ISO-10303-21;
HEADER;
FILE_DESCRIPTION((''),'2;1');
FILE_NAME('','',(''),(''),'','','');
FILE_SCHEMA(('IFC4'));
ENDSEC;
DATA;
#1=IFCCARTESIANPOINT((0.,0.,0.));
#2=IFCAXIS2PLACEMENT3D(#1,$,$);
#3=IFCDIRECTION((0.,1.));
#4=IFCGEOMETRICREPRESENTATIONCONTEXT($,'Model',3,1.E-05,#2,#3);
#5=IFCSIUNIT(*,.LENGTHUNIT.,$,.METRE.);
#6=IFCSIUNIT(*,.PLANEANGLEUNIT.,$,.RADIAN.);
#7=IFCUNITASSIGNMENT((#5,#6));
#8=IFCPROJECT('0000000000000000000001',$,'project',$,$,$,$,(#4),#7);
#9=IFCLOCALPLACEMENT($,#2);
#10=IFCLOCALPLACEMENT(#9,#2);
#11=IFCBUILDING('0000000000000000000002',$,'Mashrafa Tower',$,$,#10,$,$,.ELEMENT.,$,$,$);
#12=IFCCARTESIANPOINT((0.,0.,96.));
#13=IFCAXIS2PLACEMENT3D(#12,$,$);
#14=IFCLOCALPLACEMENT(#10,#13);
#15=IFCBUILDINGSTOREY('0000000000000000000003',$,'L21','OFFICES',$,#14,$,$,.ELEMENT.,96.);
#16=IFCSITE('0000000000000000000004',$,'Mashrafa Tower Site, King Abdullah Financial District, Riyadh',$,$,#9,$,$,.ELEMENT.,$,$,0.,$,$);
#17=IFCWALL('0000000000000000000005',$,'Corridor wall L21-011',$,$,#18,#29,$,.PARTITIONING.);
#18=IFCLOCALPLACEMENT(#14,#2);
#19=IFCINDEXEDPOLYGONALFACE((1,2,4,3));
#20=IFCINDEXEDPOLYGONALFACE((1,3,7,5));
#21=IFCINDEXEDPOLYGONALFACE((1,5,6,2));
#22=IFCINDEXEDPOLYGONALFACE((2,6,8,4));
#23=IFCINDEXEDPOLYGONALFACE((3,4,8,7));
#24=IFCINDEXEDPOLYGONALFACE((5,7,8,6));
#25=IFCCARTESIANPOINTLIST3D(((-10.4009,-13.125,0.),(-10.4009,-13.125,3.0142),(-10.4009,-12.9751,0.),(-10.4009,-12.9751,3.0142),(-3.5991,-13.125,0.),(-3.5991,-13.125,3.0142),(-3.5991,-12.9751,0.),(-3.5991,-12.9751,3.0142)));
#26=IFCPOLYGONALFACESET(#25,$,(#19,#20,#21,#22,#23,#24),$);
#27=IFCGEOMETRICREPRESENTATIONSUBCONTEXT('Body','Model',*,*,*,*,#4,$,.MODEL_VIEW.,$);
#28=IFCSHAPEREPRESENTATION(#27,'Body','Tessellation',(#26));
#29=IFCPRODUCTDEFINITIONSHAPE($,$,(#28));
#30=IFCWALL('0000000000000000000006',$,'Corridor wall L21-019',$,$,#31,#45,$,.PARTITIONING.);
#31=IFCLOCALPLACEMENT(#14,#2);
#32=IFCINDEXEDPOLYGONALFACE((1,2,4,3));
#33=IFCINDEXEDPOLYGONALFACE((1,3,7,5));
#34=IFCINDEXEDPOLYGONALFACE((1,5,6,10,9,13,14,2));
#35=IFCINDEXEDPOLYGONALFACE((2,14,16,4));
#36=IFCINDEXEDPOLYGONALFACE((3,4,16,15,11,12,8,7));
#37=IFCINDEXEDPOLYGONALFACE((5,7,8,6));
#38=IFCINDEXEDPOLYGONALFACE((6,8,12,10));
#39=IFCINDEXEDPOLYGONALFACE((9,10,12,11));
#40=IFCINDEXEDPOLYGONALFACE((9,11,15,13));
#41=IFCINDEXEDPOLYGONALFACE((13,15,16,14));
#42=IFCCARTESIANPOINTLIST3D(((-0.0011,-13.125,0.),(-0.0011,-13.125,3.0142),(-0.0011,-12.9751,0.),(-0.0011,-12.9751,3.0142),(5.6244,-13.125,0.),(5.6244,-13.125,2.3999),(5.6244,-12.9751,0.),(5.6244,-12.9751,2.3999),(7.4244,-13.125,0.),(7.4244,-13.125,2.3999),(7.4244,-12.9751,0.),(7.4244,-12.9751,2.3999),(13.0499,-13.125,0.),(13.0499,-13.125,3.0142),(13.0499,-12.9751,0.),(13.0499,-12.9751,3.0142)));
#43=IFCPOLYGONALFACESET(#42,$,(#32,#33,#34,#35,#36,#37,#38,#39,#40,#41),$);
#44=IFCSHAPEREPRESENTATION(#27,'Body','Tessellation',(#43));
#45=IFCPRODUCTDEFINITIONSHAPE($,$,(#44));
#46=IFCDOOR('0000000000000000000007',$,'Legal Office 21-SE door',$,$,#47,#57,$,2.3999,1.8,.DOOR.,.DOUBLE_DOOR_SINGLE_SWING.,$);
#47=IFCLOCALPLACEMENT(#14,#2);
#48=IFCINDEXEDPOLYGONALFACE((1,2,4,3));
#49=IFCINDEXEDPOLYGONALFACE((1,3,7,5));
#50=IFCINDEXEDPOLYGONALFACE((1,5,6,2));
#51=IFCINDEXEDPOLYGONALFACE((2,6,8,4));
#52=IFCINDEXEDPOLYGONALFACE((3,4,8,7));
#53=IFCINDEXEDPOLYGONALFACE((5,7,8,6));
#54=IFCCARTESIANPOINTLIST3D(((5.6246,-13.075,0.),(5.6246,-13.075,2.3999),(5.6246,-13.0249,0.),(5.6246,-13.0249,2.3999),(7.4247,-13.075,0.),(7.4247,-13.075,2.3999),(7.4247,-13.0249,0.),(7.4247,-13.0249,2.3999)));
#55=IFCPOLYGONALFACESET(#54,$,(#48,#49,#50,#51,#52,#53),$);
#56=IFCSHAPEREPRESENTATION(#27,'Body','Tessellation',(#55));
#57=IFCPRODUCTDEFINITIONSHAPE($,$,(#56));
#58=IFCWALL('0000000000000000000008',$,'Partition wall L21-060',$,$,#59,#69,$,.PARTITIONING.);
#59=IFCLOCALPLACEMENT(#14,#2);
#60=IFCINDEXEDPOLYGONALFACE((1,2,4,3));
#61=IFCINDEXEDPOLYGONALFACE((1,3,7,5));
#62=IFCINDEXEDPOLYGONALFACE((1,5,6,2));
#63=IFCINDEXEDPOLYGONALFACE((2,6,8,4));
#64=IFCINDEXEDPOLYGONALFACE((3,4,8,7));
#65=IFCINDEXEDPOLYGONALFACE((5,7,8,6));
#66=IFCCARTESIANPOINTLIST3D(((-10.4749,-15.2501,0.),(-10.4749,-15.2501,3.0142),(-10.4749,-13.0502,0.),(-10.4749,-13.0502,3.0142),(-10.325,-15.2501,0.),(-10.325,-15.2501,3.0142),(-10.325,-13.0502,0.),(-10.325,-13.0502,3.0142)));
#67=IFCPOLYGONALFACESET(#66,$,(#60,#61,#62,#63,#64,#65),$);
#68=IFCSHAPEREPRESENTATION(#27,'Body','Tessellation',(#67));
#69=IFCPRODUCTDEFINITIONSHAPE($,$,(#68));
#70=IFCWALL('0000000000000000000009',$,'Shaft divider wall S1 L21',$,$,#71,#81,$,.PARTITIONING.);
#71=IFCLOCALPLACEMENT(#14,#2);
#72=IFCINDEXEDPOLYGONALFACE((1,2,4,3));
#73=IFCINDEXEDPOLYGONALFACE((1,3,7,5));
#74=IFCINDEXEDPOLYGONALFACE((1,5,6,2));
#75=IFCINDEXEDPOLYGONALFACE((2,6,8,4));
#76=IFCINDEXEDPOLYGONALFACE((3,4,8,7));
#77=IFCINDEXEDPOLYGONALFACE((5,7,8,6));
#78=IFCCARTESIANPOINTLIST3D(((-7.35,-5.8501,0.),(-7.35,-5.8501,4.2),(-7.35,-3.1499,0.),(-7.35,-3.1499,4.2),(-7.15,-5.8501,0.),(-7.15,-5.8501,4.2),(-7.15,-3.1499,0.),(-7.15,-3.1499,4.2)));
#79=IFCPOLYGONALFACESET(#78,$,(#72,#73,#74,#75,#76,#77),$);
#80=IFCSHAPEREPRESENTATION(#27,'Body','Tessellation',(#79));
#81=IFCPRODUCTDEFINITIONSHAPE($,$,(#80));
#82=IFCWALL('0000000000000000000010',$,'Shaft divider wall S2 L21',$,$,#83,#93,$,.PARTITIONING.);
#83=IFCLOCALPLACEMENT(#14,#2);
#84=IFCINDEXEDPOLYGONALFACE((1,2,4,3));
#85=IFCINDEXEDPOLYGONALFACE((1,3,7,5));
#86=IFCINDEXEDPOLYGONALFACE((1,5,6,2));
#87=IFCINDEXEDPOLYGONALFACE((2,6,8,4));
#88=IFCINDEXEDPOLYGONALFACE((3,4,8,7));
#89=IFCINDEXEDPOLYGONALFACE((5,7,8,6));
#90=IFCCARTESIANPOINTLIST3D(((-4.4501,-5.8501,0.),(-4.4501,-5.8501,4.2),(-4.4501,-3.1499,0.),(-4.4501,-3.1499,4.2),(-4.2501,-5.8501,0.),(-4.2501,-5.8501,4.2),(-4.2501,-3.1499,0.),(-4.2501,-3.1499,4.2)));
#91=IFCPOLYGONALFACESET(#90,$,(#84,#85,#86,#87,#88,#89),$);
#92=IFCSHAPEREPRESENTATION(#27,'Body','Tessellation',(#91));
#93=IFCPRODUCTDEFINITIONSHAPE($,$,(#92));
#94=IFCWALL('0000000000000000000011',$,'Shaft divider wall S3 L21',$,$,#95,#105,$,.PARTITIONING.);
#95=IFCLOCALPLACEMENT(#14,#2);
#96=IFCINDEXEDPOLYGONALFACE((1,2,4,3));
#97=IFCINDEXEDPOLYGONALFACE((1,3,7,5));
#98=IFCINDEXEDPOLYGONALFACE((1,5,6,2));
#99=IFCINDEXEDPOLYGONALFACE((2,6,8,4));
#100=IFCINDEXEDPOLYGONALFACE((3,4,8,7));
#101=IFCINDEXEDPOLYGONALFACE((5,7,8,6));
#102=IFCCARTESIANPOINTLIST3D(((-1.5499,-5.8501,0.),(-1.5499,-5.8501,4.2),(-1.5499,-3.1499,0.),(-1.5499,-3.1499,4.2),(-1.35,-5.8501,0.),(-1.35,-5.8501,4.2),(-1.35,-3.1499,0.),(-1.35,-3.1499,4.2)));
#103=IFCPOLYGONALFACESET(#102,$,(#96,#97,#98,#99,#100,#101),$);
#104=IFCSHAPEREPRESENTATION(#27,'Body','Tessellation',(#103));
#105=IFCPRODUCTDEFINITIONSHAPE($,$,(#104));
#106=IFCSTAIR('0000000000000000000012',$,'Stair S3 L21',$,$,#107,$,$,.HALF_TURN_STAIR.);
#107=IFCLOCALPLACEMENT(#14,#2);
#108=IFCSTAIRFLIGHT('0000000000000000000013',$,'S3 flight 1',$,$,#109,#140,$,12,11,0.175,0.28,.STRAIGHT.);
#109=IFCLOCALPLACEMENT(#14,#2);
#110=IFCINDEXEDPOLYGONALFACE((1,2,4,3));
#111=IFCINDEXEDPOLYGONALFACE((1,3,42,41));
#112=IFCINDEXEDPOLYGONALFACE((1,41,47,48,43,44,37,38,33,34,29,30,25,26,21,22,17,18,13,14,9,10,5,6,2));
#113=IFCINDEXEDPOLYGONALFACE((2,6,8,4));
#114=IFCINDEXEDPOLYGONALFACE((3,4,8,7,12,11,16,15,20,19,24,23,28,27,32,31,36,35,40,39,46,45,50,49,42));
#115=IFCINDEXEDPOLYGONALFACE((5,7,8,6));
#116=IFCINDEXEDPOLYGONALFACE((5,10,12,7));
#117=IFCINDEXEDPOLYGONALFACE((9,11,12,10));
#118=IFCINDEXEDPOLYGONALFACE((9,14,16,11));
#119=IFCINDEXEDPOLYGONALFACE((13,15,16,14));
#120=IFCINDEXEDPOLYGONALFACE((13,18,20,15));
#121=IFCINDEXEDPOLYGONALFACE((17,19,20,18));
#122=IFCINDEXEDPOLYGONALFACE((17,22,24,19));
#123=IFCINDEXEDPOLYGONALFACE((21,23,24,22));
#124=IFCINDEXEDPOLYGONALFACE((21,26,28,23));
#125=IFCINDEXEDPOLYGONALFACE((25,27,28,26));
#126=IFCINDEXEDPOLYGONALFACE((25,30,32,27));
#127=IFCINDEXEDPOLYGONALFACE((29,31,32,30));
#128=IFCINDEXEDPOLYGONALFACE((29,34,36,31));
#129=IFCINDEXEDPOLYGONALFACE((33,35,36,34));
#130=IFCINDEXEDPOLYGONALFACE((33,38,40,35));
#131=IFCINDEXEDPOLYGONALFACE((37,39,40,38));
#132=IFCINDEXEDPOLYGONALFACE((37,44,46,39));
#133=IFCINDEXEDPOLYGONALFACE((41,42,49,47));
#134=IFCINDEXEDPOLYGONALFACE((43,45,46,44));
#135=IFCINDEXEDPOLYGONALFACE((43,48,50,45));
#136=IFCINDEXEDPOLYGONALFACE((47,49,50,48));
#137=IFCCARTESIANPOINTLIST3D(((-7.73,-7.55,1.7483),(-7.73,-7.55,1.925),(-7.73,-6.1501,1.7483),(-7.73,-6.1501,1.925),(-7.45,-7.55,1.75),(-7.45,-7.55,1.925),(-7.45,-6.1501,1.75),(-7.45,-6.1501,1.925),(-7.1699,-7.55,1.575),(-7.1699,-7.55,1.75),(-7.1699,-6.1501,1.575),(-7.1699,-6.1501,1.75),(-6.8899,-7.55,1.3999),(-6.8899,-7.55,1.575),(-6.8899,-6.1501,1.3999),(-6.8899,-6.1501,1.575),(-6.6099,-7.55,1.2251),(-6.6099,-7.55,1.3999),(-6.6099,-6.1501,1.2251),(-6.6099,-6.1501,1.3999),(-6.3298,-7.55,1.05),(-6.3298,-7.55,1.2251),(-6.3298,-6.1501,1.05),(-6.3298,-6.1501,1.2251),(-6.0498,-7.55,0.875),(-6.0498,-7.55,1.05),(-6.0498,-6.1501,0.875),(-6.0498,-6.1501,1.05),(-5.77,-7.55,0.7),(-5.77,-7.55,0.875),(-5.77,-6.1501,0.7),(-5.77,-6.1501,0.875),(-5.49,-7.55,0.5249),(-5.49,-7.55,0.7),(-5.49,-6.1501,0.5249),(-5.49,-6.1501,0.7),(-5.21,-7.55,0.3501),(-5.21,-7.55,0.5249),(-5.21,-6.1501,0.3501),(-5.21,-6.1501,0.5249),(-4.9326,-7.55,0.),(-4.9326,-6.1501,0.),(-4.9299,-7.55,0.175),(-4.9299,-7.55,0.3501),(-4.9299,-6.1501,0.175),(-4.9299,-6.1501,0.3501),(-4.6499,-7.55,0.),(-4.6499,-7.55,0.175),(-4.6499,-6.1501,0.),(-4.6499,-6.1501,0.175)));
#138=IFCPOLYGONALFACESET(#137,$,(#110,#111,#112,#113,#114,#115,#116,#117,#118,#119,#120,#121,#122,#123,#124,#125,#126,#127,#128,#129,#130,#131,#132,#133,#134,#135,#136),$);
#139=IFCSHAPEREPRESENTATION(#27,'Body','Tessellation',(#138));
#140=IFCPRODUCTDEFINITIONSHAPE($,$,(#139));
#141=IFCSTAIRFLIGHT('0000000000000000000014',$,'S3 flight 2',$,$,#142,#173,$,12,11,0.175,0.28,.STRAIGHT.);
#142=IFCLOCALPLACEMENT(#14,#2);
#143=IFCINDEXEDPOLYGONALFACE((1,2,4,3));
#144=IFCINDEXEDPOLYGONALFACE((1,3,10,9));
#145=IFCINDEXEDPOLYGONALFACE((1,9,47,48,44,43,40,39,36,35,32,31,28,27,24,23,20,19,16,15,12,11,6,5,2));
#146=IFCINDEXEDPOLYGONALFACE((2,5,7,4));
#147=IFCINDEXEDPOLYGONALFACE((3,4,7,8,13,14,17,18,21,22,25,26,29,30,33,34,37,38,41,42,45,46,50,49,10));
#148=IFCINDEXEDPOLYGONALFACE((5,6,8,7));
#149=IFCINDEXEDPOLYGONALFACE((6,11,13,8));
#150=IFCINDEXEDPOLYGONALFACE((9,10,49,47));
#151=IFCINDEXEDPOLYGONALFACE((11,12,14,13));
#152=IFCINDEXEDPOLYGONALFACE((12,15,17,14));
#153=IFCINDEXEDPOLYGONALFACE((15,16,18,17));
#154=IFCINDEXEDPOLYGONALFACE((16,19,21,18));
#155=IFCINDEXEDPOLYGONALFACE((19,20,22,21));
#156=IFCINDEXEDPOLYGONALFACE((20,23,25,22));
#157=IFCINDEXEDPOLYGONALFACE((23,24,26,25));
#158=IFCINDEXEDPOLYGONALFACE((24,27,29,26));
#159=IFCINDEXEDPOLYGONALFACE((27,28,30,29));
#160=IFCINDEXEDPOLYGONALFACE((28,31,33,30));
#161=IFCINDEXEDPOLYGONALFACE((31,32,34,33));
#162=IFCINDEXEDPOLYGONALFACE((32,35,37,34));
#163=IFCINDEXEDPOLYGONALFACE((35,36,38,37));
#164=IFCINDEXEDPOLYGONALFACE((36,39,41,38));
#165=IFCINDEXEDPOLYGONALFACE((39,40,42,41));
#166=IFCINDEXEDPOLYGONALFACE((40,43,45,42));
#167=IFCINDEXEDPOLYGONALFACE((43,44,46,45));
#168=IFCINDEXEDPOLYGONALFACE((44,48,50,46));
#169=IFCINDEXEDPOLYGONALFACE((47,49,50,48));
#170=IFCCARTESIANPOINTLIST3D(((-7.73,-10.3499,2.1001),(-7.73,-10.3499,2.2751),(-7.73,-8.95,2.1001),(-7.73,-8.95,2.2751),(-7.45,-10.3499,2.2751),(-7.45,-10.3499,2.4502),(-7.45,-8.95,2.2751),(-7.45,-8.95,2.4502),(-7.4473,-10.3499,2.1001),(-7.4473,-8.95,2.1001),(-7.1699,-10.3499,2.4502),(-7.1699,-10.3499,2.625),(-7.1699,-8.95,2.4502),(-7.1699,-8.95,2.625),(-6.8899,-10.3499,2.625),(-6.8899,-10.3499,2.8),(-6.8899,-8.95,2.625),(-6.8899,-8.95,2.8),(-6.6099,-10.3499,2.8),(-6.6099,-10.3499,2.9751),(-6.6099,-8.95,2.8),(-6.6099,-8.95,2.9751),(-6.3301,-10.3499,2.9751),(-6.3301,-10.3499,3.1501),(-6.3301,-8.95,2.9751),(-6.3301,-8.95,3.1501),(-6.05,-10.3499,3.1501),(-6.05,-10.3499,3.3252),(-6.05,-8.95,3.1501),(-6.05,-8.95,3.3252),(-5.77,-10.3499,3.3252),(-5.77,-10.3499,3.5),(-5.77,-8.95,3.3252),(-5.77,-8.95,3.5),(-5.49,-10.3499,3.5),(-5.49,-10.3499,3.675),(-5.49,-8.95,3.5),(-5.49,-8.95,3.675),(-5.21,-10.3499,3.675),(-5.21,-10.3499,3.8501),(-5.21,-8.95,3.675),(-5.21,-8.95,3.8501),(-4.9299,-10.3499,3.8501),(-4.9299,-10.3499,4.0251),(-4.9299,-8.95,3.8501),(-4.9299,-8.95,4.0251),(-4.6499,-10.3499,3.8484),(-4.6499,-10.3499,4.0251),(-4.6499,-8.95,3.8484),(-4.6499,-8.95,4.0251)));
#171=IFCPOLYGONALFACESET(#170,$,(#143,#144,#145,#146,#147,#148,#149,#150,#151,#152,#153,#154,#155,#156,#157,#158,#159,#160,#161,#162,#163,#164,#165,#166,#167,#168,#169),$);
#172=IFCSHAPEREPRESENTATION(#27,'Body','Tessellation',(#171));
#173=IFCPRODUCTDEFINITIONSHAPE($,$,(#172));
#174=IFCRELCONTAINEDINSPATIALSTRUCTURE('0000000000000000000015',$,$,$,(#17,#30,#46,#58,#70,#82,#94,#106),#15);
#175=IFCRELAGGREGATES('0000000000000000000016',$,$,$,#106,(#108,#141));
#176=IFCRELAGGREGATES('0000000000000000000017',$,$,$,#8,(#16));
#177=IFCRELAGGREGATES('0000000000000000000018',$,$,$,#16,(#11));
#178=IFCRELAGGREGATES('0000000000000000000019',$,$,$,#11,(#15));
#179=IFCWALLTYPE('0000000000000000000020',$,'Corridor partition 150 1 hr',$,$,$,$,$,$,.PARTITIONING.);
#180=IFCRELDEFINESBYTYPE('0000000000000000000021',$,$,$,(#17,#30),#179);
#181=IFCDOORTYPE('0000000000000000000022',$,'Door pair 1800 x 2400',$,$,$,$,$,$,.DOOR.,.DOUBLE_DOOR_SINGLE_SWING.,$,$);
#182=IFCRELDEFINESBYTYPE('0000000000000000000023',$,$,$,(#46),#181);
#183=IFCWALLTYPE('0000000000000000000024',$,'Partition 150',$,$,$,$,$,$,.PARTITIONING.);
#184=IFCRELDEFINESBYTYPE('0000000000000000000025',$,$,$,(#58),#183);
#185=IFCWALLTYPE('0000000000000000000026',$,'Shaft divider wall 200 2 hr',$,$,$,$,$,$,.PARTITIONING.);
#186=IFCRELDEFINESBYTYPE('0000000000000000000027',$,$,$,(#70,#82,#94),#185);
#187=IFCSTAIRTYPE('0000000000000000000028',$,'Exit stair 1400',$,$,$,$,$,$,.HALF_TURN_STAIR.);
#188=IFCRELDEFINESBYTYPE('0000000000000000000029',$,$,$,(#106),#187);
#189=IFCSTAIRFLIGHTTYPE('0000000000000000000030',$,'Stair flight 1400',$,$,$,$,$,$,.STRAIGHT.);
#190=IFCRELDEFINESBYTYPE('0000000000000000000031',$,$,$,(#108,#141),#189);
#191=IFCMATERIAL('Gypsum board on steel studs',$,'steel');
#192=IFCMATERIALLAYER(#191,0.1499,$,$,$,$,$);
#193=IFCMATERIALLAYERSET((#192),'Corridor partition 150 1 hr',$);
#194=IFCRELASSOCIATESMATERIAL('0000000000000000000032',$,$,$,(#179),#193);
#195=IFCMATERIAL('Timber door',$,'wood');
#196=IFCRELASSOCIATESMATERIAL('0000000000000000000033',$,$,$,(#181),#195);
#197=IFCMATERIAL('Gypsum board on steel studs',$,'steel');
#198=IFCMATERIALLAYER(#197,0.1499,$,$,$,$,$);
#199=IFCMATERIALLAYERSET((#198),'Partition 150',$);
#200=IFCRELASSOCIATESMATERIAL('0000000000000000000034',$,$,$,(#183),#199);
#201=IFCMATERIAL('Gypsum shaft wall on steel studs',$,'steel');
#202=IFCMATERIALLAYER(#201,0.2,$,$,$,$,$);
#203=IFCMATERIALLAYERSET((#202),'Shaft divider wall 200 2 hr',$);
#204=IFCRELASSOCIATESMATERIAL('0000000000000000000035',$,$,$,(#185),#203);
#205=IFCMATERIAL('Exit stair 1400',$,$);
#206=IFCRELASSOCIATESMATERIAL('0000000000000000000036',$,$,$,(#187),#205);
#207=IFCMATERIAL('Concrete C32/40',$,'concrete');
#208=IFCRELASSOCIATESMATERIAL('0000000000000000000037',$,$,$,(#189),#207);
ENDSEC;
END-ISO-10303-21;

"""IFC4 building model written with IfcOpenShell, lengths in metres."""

from ifc_helpers import new_model, si_unit, direction, frame, frame_2d, origin, place, context, subcontext, project, spatial, polyline, rectangle, outline, extrude, material, layer, layer_set, type_object, element, fill, aggregate, save


model = new_model("IFC4")

# Units and contexts
model_context = context("Model", 3, precision=1e-05, world=origin(), true_north=direction((0.0, 1.0)))
body_context = subcontext(model_context, "Body", "Model", "MODEL_VIEW")
ifc_project = project(units=[si_unit("LENGTHUNIT", "METRE"), si_unit("PLANEANGLEUNIT", "RADIAN")], contexts=[model_context])

# Site, building, storey
site_placement = place(None, origin())
site = spatial("IfcSite", under=ifc_project, at=site_placement, Name="Mashrafa Tower Site, King Abdullah Financial District, Riyadh", CompositionType="ELEMENT", RefElevation=0.0)
building_placement = place(site_placement, origin())
building = spatial("IfcBuilding", under=site, at=building_placement, Name="Mashrafa Tower", CompositionType="ELEMENT")
storey_placement = place(building_placement, frame((0.0, 0.0, 96.0)))
storey = spatial("IfcBuildingStorey", under=building, at=storey_placement, Name="L21", Description="OFFICES", CompositionType="ELEMENT", Elevation=96.0)

# Wall
ifc_material_1 = material(Name="Gypsum board on steel studs", Category="steel")
ifc_layer_1 = layer(ifc_material_1, 0.1499)
ifc_layer_set_1 = layer_set([ifc_layer_1], Name="Corridor partition 150 1 hr")
wall_type_1 = type_object("IfcWallType", Name="Corridor partition 150 1 hr", PredefinedType="PARTITIONING", material=ifc_layer_set_1)
wall_1_placement = place(storey_placement, frame((-10.4009, -13.05, 0.0), z_axis=(0.0, 0.0, 1.0), x_axis=(1.0, 0.0, 0.0)))
element("IfcWall", 1, at=wall_1_placement, inside=storey, type_object=wall_type_1, Name="Corridor wall L21-011", PredefinedType="PARTITIONING", context=body_context, shape_type="SweptSolid", body=[
    extrude(rectangle(XDim=6.8018, YDim=0.1499, at=frame_2d((3.4009, 0.0))), origin(), (0.0, 0.0, 1.0), 3.0142),
])

# Wall, opening, door
ifc_material_2 = material(Name="Timber door", Category="wood")
door_type_1 = type_object("IfcDoorType", Name="Door pair 1800 x 2400", OperationType="DOUBLE_DOOR_SINGLE_SWING", PredefinedType="DOOR", material=ifc_material_2)
wall_2_placement = place(storey_placement, frame((-0.001, -13.05, 0.0), z_axis=(0.0, 0.0, 1.0), x_axis=(1.0, 0.0, 0.0)))
wall_2 = element("IfcWall", 2, at=wall_2_placement, inside=storey, type_object=wall_type_1, Name="Corridor wall L21-019", PredefinedType="PARTITIONING", context=body_context, shape_type="SweptSolid", body=[
    extrude(rectangle(XDim=13.051, YDim=0.1499, at=frame_2d((6.5254, 0.0))), origin(), (0.0, 0.0, 1.0), 3.0142),
])
opening_1_placement = place(wall_2_placement, frame((5.6255, 0.0, 0.0)))
opening_1 = element("IfcOpeningElement", 3, at=opening_1_placement, cuts=wall_2, PredefinedType="OPENING", context=body_context, shape_type="SweptSolid", body=[
    extrude(rectangle(XDim=1.8, YDim=2.3999, at=frame_2d((0.8999, 1.2))), frame((0.0, 0.085, 0.0), z_axis=(0.0, -1.0, 0.0), x_axis=(1.0, 0.0, 0.0)), (0.0, 0.0, 1.0), 0.1699),
])
door_1_placement = place(opening_1_placement, frame((1.8, 0.0, 0.0), z_axis=(0.0, 0.0, 1.0), x_axis=(-1.0, 0.0, 0.0)))
door_1 = element("IfcDoor", 4, at=door_1_placement, inside=storey, type_object=door_type_1, Name="Legal Office 21-SE door", OperationType="DOUBLE_DOOR_SINGLE_SWING", OverallHeight=2.3999, OverallWidth=1.8, PredefinedType="DOOR", context=body_context, shape_type="SweptSolid", body=[
    extrude(rectangle(XDim=1.8, YDim=2.3999, at=frame_2d((0.8999, 1.2))), frame((0.0, 0.0249, 0.0), z_axis=(0.0, -1.0, 0.0), x_axis=(1.0, 0.0, 0.0)), (0.0, 0.0, 1.0), 0.05),
])
fill(opening_1, door_1)

# Walls
ifc_material_3 = material(Name="Gypsum board on steel studs", Category="steel")
ifc_layer_2 = layer(ifc_material_3, 0.1499)
ifc_layer_set_2 = layer_set([ifc_layer_2], Name="Partition 150")
wall_type_2 = type_object("IfcWallType", Name="Partition 150", PredefinedType="PARTITIONING", material=ifc_layer_set_2)
wall_3_placement = place(storey_placement, frame((-10.3999, -13.05, 0.0), z_axis=(0.0, 0.0, 1.0), x_axis=(0.0, -1.0, 0.0)))
element("IfcWall", 5, at=wall_3_placement, inside=storey, type_object=wall_type_2, Name="Partition wall L21-060", PredefinedType="PARTITIONING", context=body_context, shape_type="SweptSolid", body=[
    extrude(rectangle(XDim=2.2, YDim=0.1499, at=frame_2d((1.1001, 0.0))), origin(), (0.0, 0.0, 1.0), 3.0142),
])
ifc_material_4 = material(Name="Gypsum shaft wall on steel studs", Category="steel")
ifc_layer_3 = layer(ifc_material_4, 0.2)
ifc_layer_set_3 = layer_set([ifc_layer_3], Name="Shaft divider wall 200 2 hr")
wall_type_3 = type_object("IfcWallType", Name="Shaft divider wall 200 2 hr", PredefinedType="PARTITIONING", material=ifc_layer_set_3)
for number, where, z_axis, x_axis, name in (
    (6, (-7.25, -5.8501, 0.0), (0.0, 0.0, 1.0), (0.0, 1.0, 0.0), "Shaft divider wall S1 L21"),
    (7, (-4.3501, -5.8501, 0.0), (0.0, 0.0, 1.0), (0.0, 1.0, 0.0), "Shaft divider wall S2 L21"),
    (8, (-1.45, -5.8501, 0.0), (0.0, 0.0, 1.0), (0.0, 1.0, 0.0), "Shaft divider wall S3 L21"),
):
    element("IfcWall", number, at=place(storey_placement, frame(where, z_axis=z_axis, x_axis=x_axis)), inside=storey, type_object=wall_type_3, Name=name, PredefinedType="PARTITIONING", context=body_context, shape_type="SweptSolid", body=[
        extrude(rectangle(XDim=2.7002, YDim=0.2, at=frame_2d((1.3501, 0.0))), origin(), (0.0, 0.0, 1.0), 4.2),
    ])

# Stair, stair flights
ifc_material_5 = material(Name="Exit stair 1400")
stair_type = type_object("IfcStairType", Name="Exit stair 1400", PredefinedType="HALF_TURN_STAIR", material=ifc_material_5)
stair_placement = place(storey_placement, origin())
stair = element("IfcStair", 9, at=stair_placement, inside=storey, type_object=stair_type, Name="Stair S3 L21", PredefinedType="HALF_TURN_STAIR")
ifc_material_6 = material(Name="Concrete C32/40", Category="concrete")
stair_flight_type = type_object("IfcStairFlightType", Name="Stair flight 1400", PredefinedType="STRAIGHT", material=ifc_material_6)
stair_flight_1_placement = place(storey_placement, frame((-4.6499, -6.8501, 0.0), z_axis=(0.0, 0.0, 1.0), x_axis=(-1.0, 0.0, 0.0)))
stair_flight_1 = element("IfcStairFlight", 10, at=stair_flight_1_placement, type_object=stair_flight_type, Name="S3 flight 1", NumberOfRisers=12, NumberOfTreads=11, PredefinedType="STRAIGHT", RiserHeight=0.175, TreadLength=0.28, context=body_context, shape_type="SweptSolid", body=[
    extrude(outline(polyline([(0.0, 0.0), (0.0, 0.175), (0.28, 0.175), (0.28, 0.3501), (0.5601, 0.3501), (0.5601, 0.5249), (0.8401, 0.5249), (0.8401, 0.7), (1.1201, 0.7), (1.1201, 0.875), (1.3999, 0.875), (1.3999, 1.05), (1.6799, 1.05), (1.6799, 1.2251), (1.96, 1.2251), (1.96, 1.3999), (2.24, 1.3999), (2.24, 1.575), (2.52, 1.575), (2.52, 1.75), (2.8, 1.75), (2.8, 1.925), (3.0801, 1.925), (3.0801, 2.1001), (3.0801, 1.7483), (0.2827, 0.0), (0.0, 0.0)])), frame((0.0, 0.7, 0.0), z_axis=(0.0, -1.0, 0.0), x_axis=(1.0, 0.0, 0.0)), (0.0, 0.0, 1.0), 1.3999),
])
stair_flight_2_placement = place(storey_placement, frame((-7.73, -9.6499, 2.1001), z_axis=(0.0, 0.0, 1.0), x_axis=(1.0, 0.0, 0.0)))
stair_flight_2 = element("IfcStairFlight", 11, at=stair_flight_2_placement, type_object=stair_flight_type, Name="S3 flight 2", NumberOfRisers=12, NumberOfTreads=11, PredefinedType="STRAIGHT", RiserHeight=0.175, TreadLength=0.28, context=body_context, shape_type="SweptSolid", body=[
    extrude(outline(polyline([(0.0, 0.0), (0.0, 0.175), (0.28, 0.175), (0.28, 0.3501), (0.5601, 0.3501), (0.5601, 0.5249), (0.8401, 0.5249), (0.8401, 0.7), (1.1201, 0.7), (1.1201, 0.875), (1.3999, 0.875), (1.3999, 1.05), (1.6799, 1.05), (1.6799, 1.2251), (1.96, 1.2251), (1.96, 1.3999), (2.24, 1.3999), (2.24, 1.575), (2.52, 1.575), (2.52, 1.75), (2.8, 1.75), (2.8, 1.925), (3.0801, 1.925), (3.0801, 2.1001), (3.0801, 1.7483), (0.2827, 0.0), (0.0, 0.0)])), frame((0.0, 0.7, 0.0), z_axis=(0.0, -1.0, 0.0), x_axis=(1.0, 0.0, 0.0)), (0.0, 0.0, 1.0), 1.3999),
])
aggregate(stair, [stair_flight_1, stair_flight_2])

save(model, "model.ifc")
